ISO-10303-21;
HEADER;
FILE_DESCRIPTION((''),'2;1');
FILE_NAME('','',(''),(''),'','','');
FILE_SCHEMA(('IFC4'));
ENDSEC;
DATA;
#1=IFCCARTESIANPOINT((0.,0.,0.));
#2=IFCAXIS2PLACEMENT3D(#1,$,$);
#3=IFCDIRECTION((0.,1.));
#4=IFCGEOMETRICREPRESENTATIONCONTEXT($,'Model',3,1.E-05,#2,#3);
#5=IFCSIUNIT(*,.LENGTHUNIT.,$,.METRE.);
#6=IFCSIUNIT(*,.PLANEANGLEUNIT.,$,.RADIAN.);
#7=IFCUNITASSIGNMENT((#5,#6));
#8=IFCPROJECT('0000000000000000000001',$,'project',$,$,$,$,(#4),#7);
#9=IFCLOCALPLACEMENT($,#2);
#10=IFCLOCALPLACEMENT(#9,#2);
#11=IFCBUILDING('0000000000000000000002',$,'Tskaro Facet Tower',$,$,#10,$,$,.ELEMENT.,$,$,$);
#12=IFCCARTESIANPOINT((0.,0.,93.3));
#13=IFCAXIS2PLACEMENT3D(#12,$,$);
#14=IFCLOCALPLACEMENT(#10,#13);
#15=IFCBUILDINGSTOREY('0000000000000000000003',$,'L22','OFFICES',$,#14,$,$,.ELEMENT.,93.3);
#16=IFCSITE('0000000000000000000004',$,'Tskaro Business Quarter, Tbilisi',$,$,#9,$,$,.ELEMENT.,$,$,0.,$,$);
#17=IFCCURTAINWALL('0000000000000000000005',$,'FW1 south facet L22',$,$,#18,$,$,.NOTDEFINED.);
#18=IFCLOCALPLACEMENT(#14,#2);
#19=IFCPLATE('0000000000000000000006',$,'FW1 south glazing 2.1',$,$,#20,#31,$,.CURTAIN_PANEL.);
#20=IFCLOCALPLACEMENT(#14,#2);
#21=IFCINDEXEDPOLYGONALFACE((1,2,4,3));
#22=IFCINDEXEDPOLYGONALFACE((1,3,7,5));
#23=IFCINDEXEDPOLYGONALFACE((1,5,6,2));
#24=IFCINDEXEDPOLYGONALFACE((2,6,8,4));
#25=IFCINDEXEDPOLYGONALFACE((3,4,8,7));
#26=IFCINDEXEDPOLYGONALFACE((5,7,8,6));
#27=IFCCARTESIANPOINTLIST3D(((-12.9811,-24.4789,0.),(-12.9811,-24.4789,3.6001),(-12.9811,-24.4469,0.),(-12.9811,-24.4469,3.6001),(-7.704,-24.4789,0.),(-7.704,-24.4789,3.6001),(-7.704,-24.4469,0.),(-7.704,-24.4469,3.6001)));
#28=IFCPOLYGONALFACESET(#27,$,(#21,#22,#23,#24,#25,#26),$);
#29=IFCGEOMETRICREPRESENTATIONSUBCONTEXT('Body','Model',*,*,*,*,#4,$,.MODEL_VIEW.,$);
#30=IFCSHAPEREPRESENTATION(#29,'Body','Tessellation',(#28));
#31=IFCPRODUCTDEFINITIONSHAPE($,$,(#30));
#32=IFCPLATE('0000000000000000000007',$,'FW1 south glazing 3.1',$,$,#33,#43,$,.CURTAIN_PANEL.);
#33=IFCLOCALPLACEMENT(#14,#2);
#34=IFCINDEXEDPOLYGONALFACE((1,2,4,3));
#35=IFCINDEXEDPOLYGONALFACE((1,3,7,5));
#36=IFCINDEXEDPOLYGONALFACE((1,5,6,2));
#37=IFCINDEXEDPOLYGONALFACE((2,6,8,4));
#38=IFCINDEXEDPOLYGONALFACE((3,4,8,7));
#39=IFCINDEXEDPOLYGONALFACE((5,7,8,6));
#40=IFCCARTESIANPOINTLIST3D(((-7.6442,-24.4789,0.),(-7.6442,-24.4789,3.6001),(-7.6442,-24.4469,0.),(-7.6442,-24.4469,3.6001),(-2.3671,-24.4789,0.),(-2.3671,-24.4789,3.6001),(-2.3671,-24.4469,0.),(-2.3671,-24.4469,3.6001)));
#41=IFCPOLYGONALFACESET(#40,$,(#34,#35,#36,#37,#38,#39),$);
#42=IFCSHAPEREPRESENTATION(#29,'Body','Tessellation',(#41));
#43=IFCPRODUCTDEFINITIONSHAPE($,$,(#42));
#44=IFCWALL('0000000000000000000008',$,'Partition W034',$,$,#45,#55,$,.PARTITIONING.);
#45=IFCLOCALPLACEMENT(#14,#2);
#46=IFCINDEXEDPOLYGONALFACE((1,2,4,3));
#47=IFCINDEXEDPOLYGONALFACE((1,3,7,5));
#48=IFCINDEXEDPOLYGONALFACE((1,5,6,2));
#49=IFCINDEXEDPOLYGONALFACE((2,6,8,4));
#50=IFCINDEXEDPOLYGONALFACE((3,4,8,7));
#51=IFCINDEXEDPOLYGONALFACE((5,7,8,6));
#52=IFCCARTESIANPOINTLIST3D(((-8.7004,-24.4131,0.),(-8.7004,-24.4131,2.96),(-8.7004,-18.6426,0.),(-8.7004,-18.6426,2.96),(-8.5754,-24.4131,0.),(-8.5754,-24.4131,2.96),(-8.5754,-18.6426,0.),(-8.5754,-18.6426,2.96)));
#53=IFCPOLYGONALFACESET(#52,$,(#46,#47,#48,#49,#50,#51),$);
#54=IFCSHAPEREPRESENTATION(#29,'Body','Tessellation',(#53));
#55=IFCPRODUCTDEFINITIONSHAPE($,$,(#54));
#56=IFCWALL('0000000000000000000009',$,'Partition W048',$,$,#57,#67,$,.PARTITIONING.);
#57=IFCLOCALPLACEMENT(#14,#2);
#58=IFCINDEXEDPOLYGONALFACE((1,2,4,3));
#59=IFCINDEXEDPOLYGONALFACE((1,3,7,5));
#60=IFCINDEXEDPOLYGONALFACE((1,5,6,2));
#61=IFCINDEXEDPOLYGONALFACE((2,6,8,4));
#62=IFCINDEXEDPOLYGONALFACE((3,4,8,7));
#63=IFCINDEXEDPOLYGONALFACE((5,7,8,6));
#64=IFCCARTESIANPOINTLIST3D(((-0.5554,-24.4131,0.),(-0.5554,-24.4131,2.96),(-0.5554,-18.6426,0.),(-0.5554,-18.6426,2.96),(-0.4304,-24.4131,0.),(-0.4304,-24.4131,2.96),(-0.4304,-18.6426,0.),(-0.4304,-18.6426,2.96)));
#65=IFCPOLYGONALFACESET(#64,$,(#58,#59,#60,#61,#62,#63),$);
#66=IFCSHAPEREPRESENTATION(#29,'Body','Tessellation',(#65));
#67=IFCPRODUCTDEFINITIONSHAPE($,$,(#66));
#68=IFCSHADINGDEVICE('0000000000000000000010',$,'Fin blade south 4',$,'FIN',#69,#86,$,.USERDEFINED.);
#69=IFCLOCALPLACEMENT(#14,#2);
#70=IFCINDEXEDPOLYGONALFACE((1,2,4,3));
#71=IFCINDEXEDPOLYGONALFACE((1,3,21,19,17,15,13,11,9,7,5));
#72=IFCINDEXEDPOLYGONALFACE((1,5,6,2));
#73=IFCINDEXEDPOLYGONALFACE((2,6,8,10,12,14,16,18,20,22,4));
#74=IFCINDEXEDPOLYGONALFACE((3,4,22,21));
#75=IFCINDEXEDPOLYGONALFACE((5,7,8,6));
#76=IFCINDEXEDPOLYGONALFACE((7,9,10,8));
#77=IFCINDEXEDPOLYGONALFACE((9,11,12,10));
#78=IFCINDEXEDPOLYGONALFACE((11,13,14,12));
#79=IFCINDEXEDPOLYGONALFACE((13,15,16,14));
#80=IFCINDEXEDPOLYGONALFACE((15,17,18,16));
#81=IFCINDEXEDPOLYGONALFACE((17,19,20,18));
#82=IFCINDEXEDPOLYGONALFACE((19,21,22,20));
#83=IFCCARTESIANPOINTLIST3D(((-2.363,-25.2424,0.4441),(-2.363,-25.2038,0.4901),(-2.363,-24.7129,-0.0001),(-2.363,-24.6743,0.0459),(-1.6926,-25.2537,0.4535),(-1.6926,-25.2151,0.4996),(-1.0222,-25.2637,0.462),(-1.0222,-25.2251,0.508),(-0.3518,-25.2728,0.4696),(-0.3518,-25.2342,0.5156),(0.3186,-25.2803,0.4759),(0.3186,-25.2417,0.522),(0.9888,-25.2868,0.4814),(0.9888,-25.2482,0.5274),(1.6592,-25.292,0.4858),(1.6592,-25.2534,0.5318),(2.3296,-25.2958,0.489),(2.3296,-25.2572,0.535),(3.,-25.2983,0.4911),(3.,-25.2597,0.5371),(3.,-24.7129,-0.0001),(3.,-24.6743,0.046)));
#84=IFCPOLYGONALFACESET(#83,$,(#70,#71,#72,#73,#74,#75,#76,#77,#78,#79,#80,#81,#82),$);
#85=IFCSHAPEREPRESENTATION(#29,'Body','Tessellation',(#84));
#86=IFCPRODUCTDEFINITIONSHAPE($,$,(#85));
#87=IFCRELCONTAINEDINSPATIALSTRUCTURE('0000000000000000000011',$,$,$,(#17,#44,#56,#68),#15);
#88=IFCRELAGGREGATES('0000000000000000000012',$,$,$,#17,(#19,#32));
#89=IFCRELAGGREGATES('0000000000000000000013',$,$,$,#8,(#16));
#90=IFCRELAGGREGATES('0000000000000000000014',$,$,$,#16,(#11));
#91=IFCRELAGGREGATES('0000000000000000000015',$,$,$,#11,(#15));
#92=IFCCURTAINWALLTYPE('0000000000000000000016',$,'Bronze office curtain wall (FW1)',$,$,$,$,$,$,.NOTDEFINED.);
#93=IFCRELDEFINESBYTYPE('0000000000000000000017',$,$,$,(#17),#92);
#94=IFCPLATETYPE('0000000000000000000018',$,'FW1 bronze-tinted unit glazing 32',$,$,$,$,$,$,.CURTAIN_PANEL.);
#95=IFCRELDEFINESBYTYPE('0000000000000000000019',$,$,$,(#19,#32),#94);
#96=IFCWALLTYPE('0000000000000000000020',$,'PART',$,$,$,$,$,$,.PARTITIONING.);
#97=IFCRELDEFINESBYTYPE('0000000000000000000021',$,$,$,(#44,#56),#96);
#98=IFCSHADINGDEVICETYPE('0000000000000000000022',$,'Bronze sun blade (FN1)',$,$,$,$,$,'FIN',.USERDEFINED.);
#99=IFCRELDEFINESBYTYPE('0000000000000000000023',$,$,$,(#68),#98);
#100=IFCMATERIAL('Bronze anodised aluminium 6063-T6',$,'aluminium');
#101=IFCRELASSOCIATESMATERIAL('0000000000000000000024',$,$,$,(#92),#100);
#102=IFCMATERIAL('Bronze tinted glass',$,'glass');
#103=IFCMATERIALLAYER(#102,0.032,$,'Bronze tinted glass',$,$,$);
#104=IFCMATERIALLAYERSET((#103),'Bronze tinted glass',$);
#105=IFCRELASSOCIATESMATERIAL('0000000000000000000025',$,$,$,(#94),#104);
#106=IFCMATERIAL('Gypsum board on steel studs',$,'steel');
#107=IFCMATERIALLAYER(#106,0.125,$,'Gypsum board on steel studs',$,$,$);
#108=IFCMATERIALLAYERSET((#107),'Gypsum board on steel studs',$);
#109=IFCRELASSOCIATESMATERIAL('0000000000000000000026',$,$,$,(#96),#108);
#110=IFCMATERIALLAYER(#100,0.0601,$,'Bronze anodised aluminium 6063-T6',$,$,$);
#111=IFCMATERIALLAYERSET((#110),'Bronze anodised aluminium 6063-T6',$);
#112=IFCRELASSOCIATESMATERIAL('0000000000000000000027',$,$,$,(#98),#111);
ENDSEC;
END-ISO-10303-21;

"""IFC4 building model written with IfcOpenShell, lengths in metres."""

from ifc_helpers import new_model, si_unit, direction, frame, frame_2d, origin, origin_2d, place, context, subcontext, project, spatial, polyline, rectangle, outline, extrude, material, layer, layer_set, type_object, element, aggregate, save


model = new_model("IFC4")

# Units and contexts
model_context = context("Model", 3, precision=1e-05, world=origin(), true_north=direction((0.0, 1.0)))
body_context = subcontext(model_context, "Body", "Model", "MODEL_VIEW")
ifc_project = project(units=[si_unit("LENGTHUNIT", "METRE"), si_unit("PLANEANGLEUNIT", "RADIAN")], contexts=[model_context])

# Site, building, storey
site_placement = place(None, origin())
site = spatial("IfcSite", under=ifc_project, at=site_placement, Name="Tskaro Business Quarter, Tbilisi", CompositionType="ELEMENT", RefElevation=0.0)
building_placement = place(site_placement, origin())
building = spatial("IfcBuilding", under=site, at=building_placement, Name="Tskaro Facet Tower", CompositionType="ELEMENT")
storey_placement = place(building_placement, frame((0.0, 0.0, 93.3)))
storey = spatial("IfcBuildingStorey", under=building, at=storey_placement, Name="L22", Description="OFFICES", CompositionType="ELEMENT", Elevation=93.3)

# Curtain wall
ifc_material_1 = material(Name="Bronze anodised aluminium 6063-T6", Category="aluminium")
curtain_wall_type = type_object("IfcCurtainWallType", Name="Bronze office curtain wall (FW1)", PredefinedType="NOTDEFINED", material=ifc_material_1)
curtain_wall_placement = place(storey_placement, origin())
curtain_wall = element("IfcCurtainWall", 1, at=curtain_wall_placement, inside=storey, type_object=curtain_wall_type, Name="FW1 south facet L22", PredefinedType="NOTDEFINED")

# Plates
ifc_material_2 = material(Name="Bronze tinted glass", Category="glass")
ifc_layer_1 = layer(ifc_material_2, 0.032, Name="Bronze tinted glass")
ifc_layer_set_1 = layer_set([ifc_layer_1], Name="Bronze tinted glass")
plate_type = type_object("IfcPlateType", Name="FW1 bronze-tinted unit glazing 32", PredefinedType="CURTAIN_PANEL", material=ifc_layer_set_1)
plate_1_placement = place(storey_placement, frame((-10.3425, -24.4629, 0.0), z_axis=(0.0, 0.0, 1.0), x_axis=(1.0, 0.0, 0.0)))
plate_1 = element("IfcPlate", 2, at=plate_1_placement, type_object=plate_type, Name="FW1 south glazing 2.1", PredefinedType="CURTAIN_PANEL", context=body_context, shape_type="SweptSolid", body=[
    extrude(rectangle(XDim=5.2771, YDim=0.032, at=origin_2d()), origin(), (0.0, 0.0, 1.0), 3.6001),
])
plate_2_placement = place(storey_placement, frame((-5.0056, -24.4629, 0.0), z_axis=(0.0, 0.0, 1.0), x_axis=(1.0, 0.0, 0.0)))
plate_2 = element("IfcPlate", 3, at=plate_2_placement, type_object=plate_type, Name="FW1 south glazing 3.1", PredefinedType="CURTAIN_PANEL", context=body_context, shape_type="SweptSolid", body=[
    extrude(rectangle(XDim=5.2771, YDim=0.032, at=origin_2d()), origin(), (0.0, 0.0, 1.0), 3.6001),
])
aggregate(curtain_wall, [plate_1, plate_2])

# Walls
ifc_material_3 = material(Name="Gypsum board on steel studs", Category="steel")
ifc_layer_2 = layer(ifc_material_3, 0.125, Name="Gypsum board on steel studs")
ifc_layer_set_2 = layer_set([ifc_layer_2], Name="Gypsum board on steel studs")
wall_type = type_object("IfcWallType", Name="PART", PredefinedType="PARTITIONING", material=ifc_layer_set_2)
for number, where, z_axis, x_axis, name in (
    (4, (-8.6379, -24.4131, 0.0), (0.0, 0.0, 1.0), (0.0, 1.0, 0.0), "Partition W034"),
    (5, (-0.4929, -24.4131, 0.0), (0.0, 0.0, 1.0), (0.0, 1.0, 0.0), "Partition W048"),
):
    element("IfcWall", number, at=place(storey_placement, frame(where, z_axis=z_axis, x_axis=x_axis)), inside=storey, type_object=wall_type, Name=name, PredefinedType="PARTITIONING", context=body_context, shape_type="SweptSolid", body=[
        extrude(rectangle(XDim=5.7705, YDim=0.125, at=frame_2d((2.8853, 0.0))), origin(), (0.0, 0.0, 1.0), 2.96),
    ])

# Shading device
ifc_layer_3 = layer(ifc_material_1, 0.0601, Name="Bronze anodised aluminium 6063-T6")
ifc_layer_set_3 = layer_set([ifc_layer_3], Name="Bronze anodised aluminium 6063-T6")
shading_device_type = type_object("IfcShadingDeviceType", Name="Bronze sun blade (FN1)", ElementType="FIN", PredefinedType="USERDEFINED", material=ifc_layer_set_3)
shading_device_1_placement = place(storey_placement, frame((-2.363, -24.6743, 0.0459), z_axis=(-0.000015, 0.642711, 0.766109), x_axis=(1.0, 0.00001, 0.000011)))
element("IfcShadingDevice", 6, at=shading_device_1_placement, inside=storey, type_object=shading_device_type, Name="Fin blade south 4", ObjectType="FIN", PredefinedType="USERDEFINED", context=body_context, shape_type="SweptSolid", body=[
    extrude(outline(polyline([(0.0, 0.0), (5.363, 0.0), (5.363, -0.7642), (4.6926, -0.7609), (4.0222, -0.7559), (3.3518, -0.7492), (2.6816, -0.7407), (2.0112, -0.7308), (1.3408, -0.719), (0.6704, -0.7058), (0.0, -0.6911), (0.0, 0.0)])), origin(), (0.0, 0.0, -1.0), 0.0601),
])

save(model, "model.ifc")
